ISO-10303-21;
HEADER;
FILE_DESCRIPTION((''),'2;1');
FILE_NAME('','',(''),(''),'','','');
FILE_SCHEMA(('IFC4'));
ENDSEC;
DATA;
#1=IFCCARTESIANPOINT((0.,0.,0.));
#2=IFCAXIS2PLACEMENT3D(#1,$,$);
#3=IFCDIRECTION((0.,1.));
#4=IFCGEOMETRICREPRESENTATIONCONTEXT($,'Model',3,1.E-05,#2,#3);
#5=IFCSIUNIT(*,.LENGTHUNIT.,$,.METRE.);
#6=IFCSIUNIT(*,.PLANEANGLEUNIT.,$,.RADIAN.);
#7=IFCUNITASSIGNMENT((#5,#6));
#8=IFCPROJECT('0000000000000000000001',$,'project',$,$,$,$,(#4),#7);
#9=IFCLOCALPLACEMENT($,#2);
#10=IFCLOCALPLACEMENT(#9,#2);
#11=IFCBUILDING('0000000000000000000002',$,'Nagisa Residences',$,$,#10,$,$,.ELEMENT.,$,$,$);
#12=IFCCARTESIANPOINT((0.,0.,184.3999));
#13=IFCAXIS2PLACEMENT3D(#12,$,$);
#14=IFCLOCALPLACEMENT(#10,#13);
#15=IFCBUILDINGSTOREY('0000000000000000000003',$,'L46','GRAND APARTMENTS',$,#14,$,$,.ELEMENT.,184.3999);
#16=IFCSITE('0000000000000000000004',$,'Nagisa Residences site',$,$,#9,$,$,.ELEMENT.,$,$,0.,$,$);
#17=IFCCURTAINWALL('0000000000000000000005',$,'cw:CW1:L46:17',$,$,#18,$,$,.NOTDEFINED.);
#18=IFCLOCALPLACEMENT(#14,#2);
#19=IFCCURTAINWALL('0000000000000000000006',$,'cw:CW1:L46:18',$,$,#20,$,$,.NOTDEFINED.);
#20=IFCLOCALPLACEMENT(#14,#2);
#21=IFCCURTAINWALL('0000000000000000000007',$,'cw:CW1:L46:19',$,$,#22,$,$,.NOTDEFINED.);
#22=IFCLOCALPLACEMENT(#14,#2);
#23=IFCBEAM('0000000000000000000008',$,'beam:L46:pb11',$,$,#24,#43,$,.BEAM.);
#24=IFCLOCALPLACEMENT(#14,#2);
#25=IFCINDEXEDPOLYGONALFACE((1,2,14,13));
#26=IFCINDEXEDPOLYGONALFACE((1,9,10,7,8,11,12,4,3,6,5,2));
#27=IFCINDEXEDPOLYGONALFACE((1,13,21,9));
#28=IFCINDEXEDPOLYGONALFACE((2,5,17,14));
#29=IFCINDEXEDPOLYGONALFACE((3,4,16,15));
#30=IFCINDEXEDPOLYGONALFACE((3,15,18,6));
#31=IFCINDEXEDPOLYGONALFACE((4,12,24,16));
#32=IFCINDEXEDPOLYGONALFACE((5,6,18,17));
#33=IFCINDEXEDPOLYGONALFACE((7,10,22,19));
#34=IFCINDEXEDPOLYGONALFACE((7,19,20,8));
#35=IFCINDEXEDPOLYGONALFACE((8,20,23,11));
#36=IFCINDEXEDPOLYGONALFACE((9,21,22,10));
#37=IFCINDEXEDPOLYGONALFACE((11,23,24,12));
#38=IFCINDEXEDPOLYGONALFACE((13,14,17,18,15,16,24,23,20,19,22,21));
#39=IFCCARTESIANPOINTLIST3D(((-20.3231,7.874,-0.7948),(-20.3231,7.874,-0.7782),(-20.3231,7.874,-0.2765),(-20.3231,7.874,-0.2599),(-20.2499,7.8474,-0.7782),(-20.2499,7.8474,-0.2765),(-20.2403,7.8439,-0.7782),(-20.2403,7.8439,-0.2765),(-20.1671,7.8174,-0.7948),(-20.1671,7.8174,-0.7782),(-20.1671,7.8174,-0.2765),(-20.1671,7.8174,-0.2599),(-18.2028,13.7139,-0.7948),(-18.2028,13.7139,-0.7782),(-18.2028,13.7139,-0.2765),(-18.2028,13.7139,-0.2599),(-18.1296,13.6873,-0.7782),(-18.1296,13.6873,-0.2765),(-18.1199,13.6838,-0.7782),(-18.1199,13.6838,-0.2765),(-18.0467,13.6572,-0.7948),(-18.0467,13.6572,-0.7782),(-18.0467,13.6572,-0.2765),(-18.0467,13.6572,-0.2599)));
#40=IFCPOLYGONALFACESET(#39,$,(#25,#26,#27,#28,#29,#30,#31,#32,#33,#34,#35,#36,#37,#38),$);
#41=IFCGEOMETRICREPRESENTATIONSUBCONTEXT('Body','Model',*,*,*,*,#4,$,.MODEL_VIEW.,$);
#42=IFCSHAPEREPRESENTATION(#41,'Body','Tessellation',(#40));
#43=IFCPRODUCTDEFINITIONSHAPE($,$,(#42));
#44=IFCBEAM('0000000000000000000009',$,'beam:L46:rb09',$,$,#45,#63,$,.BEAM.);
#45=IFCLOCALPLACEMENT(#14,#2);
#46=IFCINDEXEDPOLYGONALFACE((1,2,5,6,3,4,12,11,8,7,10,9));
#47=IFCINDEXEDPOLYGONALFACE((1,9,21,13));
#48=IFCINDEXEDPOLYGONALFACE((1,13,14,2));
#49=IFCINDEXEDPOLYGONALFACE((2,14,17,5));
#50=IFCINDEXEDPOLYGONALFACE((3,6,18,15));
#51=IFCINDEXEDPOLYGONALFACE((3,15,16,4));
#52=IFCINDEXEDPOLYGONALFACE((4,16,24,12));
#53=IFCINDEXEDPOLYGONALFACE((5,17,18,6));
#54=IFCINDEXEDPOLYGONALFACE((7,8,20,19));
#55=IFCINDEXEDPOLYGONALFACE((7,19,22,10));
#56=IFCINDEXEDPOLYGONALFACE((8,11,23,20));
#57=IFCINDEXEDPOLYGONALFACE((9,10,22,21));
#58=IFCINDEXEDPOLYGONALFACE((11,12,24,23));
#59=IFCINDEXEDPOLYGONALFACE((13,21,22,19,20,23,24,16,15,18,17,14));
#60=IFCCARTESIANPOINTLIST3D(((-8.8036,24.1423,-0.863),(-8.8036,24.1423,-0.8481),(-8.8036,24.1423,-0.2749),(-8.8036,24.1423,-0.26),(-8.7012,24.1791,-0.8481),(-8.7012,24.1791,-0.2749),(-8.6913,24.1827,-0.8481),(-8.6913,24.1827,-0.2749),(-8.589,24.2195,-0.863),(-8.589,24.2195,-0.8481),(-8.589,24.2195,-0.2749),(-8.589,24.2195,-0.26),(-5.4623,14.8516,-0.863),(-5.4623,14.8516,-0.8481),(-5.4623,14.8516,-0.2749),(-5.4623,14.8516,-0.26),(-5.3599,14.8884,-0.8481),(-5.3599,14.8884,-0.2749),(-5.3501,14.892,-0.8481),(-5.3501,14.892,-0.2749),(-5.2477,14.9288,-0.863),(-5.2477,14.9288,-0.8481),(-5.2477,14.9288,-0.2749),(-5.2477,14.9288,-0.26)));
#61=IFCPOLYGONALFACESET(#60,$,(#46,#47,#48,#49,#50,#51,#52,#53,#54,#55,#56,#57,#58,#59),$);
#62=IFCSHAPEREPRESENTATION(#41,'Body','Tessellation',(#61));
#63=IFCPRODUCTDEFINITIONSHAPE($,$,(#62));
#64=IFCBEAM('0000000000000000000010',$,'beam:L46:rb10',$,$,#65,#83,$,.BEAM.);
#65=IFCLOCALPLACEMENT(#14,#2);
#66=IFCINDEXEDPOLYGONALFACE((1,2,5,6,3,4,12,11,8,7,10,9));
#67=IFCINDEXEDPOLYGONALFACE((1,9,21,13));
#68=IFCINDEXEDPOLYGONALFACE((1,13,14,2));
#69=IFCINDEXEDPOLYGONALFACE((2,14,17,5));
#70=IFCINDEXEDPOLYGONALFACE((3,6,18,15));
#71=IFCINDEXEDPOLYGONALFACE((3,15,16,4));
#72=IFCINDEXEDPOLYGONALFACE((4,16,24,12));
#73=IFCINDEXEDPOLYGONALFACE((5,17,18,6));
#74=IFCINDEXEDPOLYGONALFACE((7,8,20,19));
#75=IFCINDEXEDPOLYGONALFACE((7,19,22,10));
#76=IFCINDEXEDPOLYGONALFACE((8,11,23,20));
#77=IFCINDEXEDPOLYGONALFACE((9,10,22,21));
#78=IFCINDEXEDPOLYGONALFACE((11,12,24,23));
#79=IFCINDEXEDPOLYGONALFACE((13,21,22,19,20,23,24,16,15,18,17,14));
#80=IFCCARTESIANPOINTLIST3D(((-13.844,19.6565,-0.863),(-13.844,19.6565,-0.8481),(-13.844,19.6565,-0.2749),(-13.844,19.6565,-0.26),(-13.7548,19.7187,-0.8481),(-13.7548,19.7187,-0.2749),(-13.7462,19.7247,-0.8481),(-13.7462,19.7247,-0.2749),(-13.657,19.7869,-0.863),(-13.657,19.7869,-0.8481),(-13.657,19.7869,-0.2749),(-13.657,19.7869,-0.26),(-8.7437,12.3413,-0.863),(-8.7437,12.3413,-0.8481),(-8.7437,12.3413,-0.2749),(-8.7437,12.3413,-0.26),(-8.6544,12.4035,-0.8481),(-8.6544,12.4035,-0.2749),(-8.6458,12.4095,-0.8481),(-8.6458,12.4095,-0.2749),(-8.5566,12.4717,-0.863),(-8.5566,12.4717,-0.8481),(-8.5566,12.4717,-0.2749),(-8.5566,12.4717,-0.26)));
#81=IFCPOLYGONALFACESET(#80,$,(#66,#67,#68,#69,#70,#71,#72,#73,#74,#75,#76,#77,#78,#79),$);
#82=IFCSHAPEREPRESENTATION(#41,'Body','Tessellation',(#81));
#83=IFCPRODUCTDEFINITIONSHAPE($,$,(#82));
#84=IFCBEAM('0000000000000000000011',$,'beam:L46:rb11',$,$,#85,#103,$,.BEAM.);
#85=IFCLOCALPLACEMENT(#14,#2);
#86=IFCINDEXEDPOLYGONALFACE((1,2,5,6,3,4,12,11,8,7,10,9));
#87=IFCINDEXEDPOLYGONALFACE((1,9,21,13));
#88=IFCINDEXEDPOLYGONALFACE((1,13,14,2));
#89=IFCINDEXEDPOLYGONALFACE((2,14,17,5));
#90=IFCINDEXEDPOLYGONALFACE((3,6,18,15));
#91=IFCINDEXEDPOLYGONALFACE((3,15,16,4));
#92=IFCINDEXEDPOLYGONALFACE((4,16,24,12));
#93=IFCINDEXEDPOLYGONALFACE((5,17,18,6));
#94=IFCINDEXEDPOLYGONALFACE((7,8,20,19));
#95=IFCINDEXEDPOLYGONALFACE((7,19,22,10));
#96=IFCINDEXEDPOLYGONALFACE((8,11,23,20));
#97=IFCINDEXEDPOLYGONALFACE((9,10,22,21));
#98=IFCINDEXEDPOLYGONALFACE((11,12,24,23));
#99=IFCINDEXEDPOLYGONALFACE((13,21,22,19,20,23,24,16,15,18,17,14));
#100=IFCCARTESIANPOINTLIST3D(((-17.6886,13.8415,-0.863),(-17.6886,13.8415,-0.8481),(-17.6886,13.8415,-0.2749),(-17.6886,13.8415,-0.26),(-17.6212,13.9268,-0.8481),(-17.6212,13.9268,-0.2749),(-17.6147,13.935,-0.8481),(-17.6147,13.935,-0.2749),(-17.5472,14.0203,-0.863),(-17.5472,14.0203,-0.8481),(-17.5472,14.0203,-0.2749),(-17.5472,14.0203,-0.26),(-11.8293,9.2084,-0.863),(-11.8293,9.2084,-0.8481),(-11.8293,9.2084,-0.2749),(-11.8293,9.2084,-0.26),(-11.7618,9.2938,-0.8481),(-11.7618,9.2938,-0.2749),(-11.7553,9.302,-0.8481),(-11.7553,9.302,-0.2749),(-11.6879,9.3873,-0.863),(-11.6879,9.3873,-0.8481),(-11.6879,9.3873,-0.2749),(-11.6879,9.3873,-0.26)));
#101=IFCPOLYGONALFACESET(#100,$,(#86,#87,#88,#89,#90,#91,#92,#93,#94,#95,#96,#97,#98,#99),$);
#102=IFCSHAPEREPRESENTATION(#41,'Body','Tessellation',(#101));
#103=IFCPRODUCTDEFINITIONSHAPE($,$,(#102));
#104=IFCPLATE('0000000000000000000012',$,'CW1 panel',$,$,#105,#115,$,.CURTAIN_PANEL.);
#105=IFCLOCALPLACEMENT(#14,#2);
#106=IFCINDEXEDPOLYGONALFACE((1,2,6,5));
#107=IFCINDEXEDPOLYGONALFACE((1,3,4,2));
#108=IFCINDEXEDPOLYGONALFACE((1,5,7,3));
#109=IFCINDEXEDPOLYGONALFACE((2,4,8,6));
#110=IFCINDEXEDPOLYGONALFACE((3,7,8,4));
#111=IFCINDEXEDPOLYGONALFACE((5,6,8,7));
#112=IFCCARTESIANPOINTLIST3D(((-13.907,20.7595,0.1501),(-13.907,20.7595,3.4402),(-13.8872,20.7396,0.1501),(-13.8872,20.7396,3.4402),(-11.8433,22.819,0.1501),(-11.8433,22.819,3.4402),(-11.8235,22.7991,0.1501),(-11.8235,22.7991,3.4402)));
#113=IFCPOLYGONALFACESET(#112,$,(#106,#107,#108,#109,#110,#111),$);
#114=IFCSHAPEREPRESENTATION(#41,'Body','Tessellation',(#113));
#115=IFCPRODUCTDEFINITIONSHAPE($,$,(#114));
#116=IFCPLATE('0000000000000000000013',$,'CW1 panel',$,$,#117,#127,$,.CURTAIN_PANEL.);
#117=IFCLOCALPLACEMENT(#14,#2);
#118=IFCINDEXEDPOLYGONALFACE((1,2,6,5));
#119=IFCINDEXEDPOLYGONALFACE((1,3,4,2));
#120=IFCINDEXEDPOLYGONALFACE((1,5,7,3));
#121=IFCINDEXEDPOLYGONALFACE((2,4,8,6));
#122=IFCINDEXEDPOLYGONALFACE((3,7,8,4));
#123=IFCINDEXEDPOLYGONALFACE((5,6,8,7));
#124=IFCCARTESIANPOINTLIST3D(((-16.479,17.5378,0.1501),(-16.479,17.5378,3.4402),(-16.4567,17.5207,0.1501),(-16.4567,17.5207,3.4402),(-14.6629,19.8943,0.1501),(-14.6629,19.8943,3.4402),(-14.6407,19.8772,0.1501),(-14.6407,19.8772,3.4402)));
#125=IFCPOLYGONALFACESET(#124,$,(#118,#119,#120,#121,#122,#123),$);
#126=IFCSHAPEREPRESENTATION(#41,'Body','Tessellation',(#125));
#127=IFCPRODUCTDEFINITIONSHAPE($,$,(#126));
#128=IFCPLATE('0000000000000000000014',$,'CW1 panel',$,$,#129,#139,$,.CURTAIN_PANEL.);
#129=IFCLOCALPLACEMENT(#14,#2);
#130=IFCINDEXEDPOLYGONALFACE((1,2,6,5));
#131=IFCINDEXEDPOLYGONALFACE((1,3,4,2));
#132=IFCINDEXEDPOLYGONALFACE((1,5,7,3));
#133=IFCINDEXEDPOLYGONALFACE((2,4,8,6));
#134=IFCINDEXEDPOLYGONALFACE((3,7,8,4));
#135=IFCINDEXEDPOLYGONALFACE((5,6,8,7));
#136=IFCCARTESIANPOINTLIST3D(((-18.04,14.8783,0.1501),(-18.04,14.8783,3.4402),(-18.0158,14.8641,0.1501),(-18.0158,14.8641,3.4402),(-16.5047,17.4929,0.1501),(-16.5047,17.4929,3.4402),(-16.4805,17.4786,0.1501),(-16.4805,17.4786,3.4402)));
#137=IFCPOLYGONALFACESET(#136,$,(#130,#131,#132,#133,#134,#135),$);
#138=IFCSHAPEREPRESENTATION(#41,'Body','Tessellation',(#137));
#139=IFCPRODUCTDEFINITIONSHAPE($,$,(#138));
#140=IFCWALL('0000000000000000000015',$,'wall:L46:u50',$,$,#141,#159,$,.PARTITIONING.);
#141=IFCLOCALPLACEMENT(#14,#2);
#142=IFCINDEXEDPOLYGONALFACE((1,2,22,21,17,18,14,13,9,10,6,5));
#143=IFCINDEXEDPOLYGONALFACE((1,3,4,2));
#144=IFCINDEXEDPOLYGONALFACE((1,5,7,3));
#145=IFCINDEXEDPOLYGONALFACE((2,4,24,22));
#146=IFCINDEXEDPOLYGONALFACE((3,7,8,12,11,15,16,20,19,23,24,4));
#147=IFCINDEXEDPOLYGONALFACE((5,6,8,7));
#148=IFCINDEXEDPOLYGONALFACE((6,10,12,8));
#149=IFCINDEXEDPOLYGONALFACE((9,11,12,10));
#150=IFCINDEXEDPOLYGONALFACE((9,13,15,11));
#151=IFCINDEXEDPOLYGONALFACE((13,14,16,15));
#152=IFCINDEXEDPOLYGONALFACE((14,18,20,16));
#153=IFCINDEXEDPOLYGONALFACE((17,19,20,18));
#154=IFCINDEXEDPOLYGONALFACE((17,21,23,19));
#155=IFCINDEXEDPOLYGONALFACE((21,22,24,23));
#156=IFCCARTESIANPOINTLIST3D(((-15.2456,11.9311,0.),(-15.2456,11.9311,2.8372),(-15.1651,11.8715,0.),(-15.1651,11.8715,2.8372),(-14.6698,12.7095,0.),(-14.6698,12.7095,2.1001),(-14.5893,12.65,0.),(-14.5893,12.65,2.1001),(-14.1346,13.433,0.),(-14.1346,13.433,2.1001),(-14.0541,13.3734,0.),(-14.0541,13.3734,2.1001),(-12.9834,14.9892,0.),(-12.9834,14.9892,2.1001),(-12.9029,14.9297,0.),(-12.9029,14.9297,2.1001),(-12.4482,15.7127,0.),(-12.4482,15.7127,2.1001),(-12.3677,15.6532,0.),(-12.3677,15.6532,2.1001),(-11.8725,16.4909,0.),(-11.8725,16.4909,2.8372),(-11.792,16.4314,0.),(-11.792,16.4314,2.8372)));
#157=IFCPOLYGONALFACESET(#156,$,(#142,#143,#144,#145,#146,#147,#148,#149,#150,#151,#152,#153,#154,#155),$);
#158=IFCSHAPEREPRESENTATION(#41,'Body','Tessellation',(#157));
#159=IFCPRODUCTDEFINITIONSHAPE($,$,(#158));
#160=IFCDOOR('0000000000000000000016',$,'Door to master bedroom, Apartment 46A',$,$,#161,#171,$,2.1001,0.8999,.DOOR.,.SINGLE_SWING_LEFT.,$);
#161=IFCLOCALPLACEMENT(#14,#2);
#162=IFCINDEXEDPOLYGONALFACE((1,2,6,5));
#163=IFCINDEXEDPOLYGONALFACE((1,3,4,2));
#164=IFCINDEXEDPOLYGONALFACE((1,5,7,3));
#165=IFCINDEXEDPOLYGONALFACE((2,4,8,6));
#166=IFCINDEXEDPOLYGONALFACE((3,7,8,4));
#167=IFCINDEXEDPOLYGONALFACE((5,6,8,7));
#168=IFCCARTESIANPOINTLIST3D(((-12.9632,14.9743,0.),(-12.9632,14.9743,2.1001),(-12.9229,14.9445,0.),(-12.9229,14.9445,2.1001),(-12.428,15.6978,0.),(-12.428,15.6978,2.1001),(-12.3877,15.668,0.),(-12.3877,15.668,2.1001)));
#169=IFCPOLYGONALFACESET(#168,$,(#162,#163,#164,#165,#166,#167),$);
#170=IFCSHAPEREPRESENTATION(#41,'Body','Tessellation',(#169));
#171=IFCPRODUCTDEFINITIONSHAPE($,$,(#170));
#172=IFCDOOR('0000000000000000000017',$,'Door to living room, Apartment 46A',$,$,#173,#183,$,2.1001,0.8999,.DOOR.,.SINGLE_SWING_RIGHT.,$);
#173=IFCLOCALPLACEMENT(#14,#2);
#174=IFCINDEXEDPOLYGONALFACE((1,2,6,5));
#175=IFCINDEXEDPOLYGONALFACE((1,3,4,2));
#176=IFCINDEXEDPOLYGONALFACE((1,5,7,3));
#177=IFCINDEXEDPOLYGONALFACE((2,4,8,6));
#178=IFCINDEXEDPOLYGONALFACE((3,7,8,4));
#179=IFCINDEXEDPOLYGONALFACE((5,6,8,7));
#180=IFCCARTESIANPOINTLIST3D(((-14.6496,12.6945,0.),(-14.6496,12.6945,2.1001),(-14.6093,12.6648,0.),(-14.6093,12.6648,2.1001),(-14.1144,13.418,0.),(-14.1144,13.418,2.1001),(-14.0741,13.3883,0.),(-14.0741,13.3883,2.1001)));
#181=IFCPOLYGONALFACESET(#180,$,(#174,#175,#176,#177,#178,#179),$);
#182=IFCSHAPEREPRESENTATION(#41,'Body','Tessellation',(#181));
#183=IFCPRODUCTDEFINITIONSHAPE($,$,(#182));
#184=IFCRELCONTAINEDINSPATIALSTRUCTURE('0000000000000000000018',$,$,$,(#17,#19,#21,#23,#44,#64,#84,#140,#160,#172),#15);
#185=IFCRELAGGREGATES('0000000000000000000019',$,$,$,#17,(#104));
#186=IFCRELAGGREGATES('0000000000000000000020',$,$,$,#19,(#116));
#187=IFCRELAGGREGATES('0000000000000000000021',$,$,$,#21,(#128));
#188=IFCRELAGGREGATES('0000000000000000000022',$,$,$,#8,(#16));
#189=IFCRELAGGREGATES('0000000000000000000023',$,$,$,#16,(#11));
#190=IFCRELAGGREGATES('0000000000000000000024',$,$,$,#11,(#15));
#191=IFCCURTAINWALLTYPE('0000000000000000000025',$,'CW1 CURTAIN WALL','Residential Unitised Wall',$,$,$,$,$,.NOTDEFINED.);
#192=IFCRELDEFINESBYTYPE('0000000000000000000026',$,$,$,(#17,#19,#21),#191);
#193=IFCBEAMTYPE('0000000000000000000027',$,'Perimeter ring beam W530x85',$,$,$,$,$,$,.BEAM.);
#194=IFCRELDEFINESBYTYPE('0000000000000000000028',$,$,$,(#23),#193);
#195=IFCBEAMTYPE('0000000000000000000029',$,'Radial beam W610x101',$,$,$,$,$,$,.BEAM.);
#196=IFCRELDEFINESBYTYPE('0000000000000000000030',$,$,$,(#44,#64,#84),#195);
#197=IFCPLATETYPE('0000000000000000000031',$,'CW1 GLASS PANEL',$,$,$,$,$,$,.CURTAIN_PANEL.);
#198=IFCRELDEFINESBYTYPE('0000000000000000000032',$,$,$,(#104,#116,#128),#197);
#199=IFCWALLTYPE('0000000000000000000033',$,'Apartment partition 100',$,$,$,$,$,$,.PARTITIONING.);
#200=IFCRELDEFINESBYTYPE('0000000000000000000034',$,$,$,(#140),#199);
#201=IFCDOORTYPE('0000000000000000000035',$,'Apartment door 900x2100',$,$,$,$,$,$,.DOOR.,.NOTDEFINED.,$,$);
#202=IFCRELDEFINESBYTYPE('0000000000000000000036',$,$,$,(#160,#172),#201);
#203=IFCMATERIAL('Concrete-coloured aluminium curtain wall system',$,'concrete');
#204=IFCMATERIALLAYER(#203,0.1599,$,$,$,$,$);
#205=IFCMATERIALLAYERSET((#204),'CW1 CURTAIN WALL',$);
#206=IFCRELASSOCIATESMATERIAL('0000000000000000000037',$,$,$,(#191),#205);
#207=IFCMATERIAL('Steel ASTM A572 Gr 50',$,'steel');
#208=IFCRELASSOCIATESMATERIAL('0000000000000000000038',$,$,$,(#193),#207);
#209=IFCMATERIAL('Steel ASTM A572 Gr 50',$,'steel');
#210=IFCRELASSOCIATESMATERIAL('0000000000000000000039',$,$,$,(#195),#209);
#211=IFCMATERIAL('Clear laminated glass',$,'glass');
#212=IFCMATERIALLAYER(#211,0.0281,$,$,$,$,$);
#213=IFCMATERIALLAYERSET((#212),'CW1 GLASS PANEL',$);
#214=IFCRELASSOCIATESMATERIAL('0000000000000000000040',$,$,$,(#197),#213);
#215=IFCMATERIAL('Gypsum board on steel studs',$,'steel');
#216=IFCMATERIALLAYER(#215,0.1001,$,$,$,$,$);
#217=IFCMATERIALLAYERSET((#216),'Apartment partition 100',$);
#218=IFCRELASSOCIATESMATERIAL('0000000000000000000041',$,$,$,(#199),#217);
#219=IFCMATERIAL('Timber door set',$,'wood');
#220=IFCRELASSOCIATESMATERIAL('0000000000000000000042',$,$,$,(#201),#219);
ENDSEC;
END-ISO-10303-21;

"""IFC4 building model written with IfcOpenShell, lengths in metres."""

from ifc_helpers import new_model, si_unit, direction, frame, frame_2d, origin, origin_2d, place, context, subcontext, project, spatial, rectangle, i_section, extrude, material, layer, layer_set, material_profile, profile_set, type_object, element, fill, aggregate, save


model = new_model("IFC4")

# Units and contexts
model_context = context("Model", 3, precision=1e-05, world=origin(), true_north=direction((0.0, 1.0)))
body_context = subcontext(model_context, "Body", "Model", "MODEL_VIEW")
ifc_project = project(units=[si_unit("LENGTHUNIT", "METRE"), si_unit("PLANEANGLEUNIT", "RADIAN")], contexts=[model_context])

# Site, building, storey
site_placement = place(None, origin())
site = spatial("IfcSite", under=ifc_project, at=site_placement, Name="Nagisa Residences site", CompositionType="ELEMENT", RefElevation=0.0)
building_placement = place(site_placement, origin())
building = spatial("IfcBuilding", under=site, at=building_placement, Name="Nagisa Residences", CompositionType="ELEMENT")
storey_placement = place(building_placement, frame((0.0, 0.0, 184.3999)))
storey = spatial("IfcBuildingStorey", under=building, at=storey_placement, Name="L46", Description="GRAND APARTMENTS", CompositionType="ELEMENT", Elevation=184.3999)

# Curtain walls
ifc_material_1 = material(Name="Concrete-coloured aluminium curtain wall system", Category="concrete")
ifc_layer_1 = layer(ifc_material_1, 0.1599)
ifc_layer_set_1 = layer_set([ifc_layer_1], Name="CW1 CURTAIN WALL")
curtain_wall_type = type_object("IfcCurtainWallType", Name="CW1 CURTAIN WALL", Description="Residential Unitised Wall", PredefinedType="NOTDEFINED", material=ifc_layer_set_1)
curtain_wall_1_placement = place(storey_placement, origin())
curtain_wall_1 = element("IfcCurtainWall", 1, at=curtain_wall_1_placement, inside=storey, type_object=curtain_wall_type, Name="cw:CW1:L46:17", PredefinedType="NOTDEFINED")
curtain_wall_2_placement = place(storey_placement, origin())
curtain_wall_2 = element("IfcCurtainWall", 2, at=curtain_wall_2_placement, inside=storey, type_object=curtain_wall_type, Name="cw:CW1:L46:18", PredefinedType="NOTDEFINED")
curtain_wall_3_placement = place(storey_placement, origin())
curtain_wall_3 = element("IfcCurtainWall", 3, at=curtain_wall_3_placement, inside=storey, type_object=curtain_wall_type, Name="cw:CW1:L46:19", PredefinedType="NOTDEFINED")

# Beams
ifc_material_2 = material(Name="Steel ASTM A572 Gr 50", Category="steel")
ifc_material_profile_1 = material_profile(ifc_material_2, i_section(OverallWidth=0.166, OverallDepth=0.5349, WebThickness=0.0103, FlangeThickness=0.0166, at=origin_2d()), Name="W530x85")
ifc_profile_set_1 = profile_set([ifc_material_profile_1], Name="Steel ASTM A572 Gr 50")
beam_type_1 = type_object("IfcBeamType", Name="Perimeter ring beam W530x85", PredefinedType="BEAM", material=ifc_profile_set_1)
beam_1_placement = place(storey_placement, frame((-18.1248, 13.6855, -0.5273), z_axis=(-0.341286, -0.93996, 0.0), x_axis=(0.93996, -0.341286, 0.0)))
element("IfcBeam", 4, at=beam_1_placement, inside=storey, type_object=beam_type_1, Name="beam:L46:pb11", PredefinedType="BEAM", context=body_context, shape_type="SweptSolid", body=[
    extrude(i_section(OverallWidth=0.166, OverallDepth=0.5349, WebThickness=0.0103, FlangeThickness=0.0166, at=origin_2d()), origin(), (0.0, 0.0, 1.0), 6.2129),
])
ifc_material_3 = material(Name="Steel ASTM A572 Gr 50", Category="steel")
ifc_material_profile_2 = material_profile(ifc_material_3, i_section(OverallWidth=0.228, OverallDepth=0.603, WebThickness=0.0105, FlangeThickness=0.0149, at=origin_2d()), Name="W610x101")
ifc_profile_set_2 = profile_set([ifc_material_profile_2], Name="Steel ASTM A572 Gr 50")
beam_type_2 = type_object("IfcBeamType", Name="Radial beam W610x101", PredefinedType="BEAM", material=ifc_profile_set_2)
beam_2_placement = place(storey_placement, frame((-8.6963, 24.1809, -0.5615), z_axis=(0.338417, -0.940996, 0.0), x_axis=(0.940996, 0.338417, 0.0)))
element("IfcBeam", 5, at=beam_2_placement, inside=storey, type_object=beam_type_2, Name="beam:L46:rb09", PredefinedType="BEAM", context=body_context, shape_type="SweptSolid", body=[
    extrude(i_section(OverallWidth=0.228, OverallDepth=0.603, WebThickness=0.0105, FlangeThickness=0.0149, at=origin_2d()), origin(), (0.0, 0.0, 1.0), 9.8733),
])
beam_3_placement = place(storey_placement, frame((-13.7505, 19.7217, -0.5615), z_axis=(0.571934, -0.820299, 0.0), x_axis=(0.820299, 0.571934, 0.0)))
element("IfcBeam", 6, at=beam_3_placement, inside=storey, type_object=beam_type_2, Name="beam:L46:rb10", PredefinedType="BEAM", context=body_context, shape_type="SweptSolid", body=[
    extrude(i_section(OverallWidth=0.228, OverallDepth=0.603, WebThickness=0.0105, FlangeThickness=0.0149, at=origin_2d()), origin(), (0.0, 0.0, 1.0), 8.9177),
])
beam_4_placement = place(storey_placement, frame((-17.6179, 13.9309, -0.5615), z_axis=(0.784412, -0.620241, 0.0), x_axis=(0.620241, 0.784412, 0.0)))
element("IfcBeam", 7, at=beam_4_placement, inside=storey, type_object=beam_type_2, Name="beam:L46:rb11", PredefinedType="BEAM", context=body_context, shape_type="SweptSolid", body=[
    extrude(i_section(OverallWidth=0.228, OverallDepth=0.603, WebThickness=0.0105, FlangeThickness=0.0149, at=origin_2d()), origin(), (0.0, 0.0, 1.0), 7.4697),
])

# Plates
ifc_material_4 = material(Name="Clear laminated glass", Category="glass")
ifc_layer_2 = layer(ifc_material_4, 0.0281)
ifc_layer_set_2 = layer_set([ifc_layer_2], Name="CW1 GLASS PANEL")
plate_type = type_object("IfcPlateType", Name="CW1 GLASS PANEL", PredefinedType="CURTAIN_PANEL", material=ifc_layer_set_2)
plate_1_placement = place(storey_placement, frame((-12.8652, 21.7793, 0.1501), z_axis=(0.0, 0.0, 1.0), x_axis=(-0.707836, -0.706377, 0.0)))
plate_1 = element("IfcPlate", 8, at=plate_1_placement, type_object=plate_type, Name="CW1 panel", PredefinedType="CURTAIN_PANEL", context=body_context, shape_type="SweptSolid", body=[
    extrude(rectangle(XDim=2.9155, YDim=0.0281, at=origin_2d()), origin(), (0.0, 0.0, 1.0), 3.29),
])
aggregate(curtain_wall_1, [plate_1])
plate_2_placement = place(storey_placement, frame((-15.5598, 18.7075, 0.1501), z_axis=(0.0, 0.0, 1.0), x_axis=(-0.61043, -0.79207, 0.0)))
plate_2 = element("IfcPlate", 9, at=plate_2_placement, type_object=plate_type, Name="CW1 panel", PredefinedType="CURTAIN_PANEL", context=body_context, shape_type="SweptSolid", body=[
    extrude(rectangle(XDim=2.9751, YDim=0.0281, at=origin_2d()), origin(), (0.0, 0.0, 1.0), 3.29),
])
aggregate(curtain_wall_2, [plate_2])
plate_3_placement = place(storey_placement, frame((-17.2603, 16.1785, 0.1501), z_axis=(0.0, 0.0, 1.0), x_axis=(-0.506349, -0.862329, 0.0)))
plate_3 = element("IfcPlate", 10, at=plate_3_placement, type_object=plate_type, Name="CW1 panel", PredefinedType="CURTAIN_PANEL", context=body_context, shape_type="SweptSolid", body=[
    extrude(rectangle(XDim=3.032, YDim=0.0281, at=origin_2d()), origin(), (0.0, 0.0, 1.0), 3.29),
])
aggregate(curtain_wall_3, [plate_3])

# Wall, openings, doors
ifc_material_5 = material(Name="Gypsum board on steel studs", Category="steel")
ifc_layer_3 = layer(ifc_material_5, 0.1001)
ifc_layer_set_3 = layer_set([ifc_layer_3], Name="Apartment partition 100")
wall_type_1 = type_object("IfcWallType", Name="Apartment partition 100", PredefinedType="PARTITIONING", material=ifc_layer_set_3)
wall_1_placement = place(storey_placement, frame((-11.8323, 16.4612, 0.0), z_axis=(0.0, 0.0, 1.0), x_axis=(-0.594704, -0.803944, 0.0)))
wall_1 = element("IfcWall", 11, at=wall_1_placement, inside=storey, type_object=wall_type_1, Name="wall:L46:u50", PredefinedType="PARTITIONING", context=body_context, shape_type="SweptSolid", body=[
    extrude(rectangle(XDim=5.6719, YDim=0.1001, at=frame_2d((2.8359, 0.0))), origin(), (0.0, 0.0, 1.0), 2.8372),
])
opening_1_placement = place(wall_1_placement, frame((0.968, 0.0, 0.0)))
opening_1 = element("IfcOpeningElement", 12, at=opening_1_placement, cuts=wall_1, PredefinedType="OPENING", context=body_context, shape_type="SweptSolid", body=[
    extrude(rectangle(XDim=0.8999, YDim=2.1001, at=frame_2d((0.45, 1.05))), frame((0.0, 0.0601, 0.0), z_axis=(0.0, -1.0, 0.0), x_axis=(1.0, 0.0, 0.0)), (0.0, 0.0, 1.0), 0.1201),
])
opening_2_placement = place(wall_1_placement, frame((3.8037, 0.0, 0.0)))
opening_2 = element("IfcOpeningElement", 13, at=opening_2_placement, cuts=wall_1, PredefinedType="OPENING", context=body_context, shape_type="SweptSolid", body=[
    extrude(rectangle(XDim=0.8999, YDim=2.1001, at=frame_2d((0.45, 1.05))), frame((0.0, 0.0601, 0.0), z_axis=(0.0, -1.0, 0.0), x_axis=(1.0, 0.0, 0.0)), (0.0, 0.0, 1.0), 0.1201),
])
ifc_material_6 = material(Name="Timber door set", Category="wood")
door_type_1 = type_object("IfcDoorType", Name="Apartment door 900x2100", OperationType="NOTDEFINED", PredefinedType="DOOR", material=ifc_material_6)
door_1_placement = place(opening_1_placement, frame((0.8999, 0.0, 0.0), x_axis=(-1.0, 0.0, 0.0)))
door_1 = element("IfcDoor", 14, at=door_1_placement, inside=storey, type_object=door_type_1, Name="Door to master bedroom, Apartment 46A", OperationType="SINGLE_SWING_LEFT", OverallHeight=2.1001, OverallWidth=0.8999, PredefinedType="DOOR", context=body_context, shape_type="SweptSolid", body=[
    extrude(rectangle(XDim=0.8999, YDim=2.1001, at=frame_2d((0.45, 1.05))), frame((0.0, 0.0249, 0.0), z_axis=(0.0, -1.0, 0.0), x_axis=(1.0, 0.0, 0.0)), (0.0, 0.0, 1.0), 0.05),
])
fill(opening_1, door_1)
door_2_placement = place(opening_2_placement, frame((0.8999, 0.0, 0.0), x_axis=(-1.0, 0.0, 0.0)))
door_2 = element("IfcDoor", 15, at=door_2_placement, inside=storey, type_object=door_type_1, Name="Door to living room, Apartment 46A", OperationType="SINGLE_SWING_RIGHT", OverallHeight=2.1001, OverallWidth=0.8999, PredefinedType="DOOR", context=body_context, shape_type="SweptSolid", body=[
    extrude(rectangle(XDim=0.8999, YDim=2.1001, at=frame_2d((0.45, 1.05))), frame((0.0, 0.0249, 0.0), z_axis=(0.0, -1.0, 0.0), x_axis=(1.0, 0.0, 0.0)), (0.0, 0.0, 1.0), 0.05),
])
fill(opening_2, door_2)

save(model, "model.ifc")
